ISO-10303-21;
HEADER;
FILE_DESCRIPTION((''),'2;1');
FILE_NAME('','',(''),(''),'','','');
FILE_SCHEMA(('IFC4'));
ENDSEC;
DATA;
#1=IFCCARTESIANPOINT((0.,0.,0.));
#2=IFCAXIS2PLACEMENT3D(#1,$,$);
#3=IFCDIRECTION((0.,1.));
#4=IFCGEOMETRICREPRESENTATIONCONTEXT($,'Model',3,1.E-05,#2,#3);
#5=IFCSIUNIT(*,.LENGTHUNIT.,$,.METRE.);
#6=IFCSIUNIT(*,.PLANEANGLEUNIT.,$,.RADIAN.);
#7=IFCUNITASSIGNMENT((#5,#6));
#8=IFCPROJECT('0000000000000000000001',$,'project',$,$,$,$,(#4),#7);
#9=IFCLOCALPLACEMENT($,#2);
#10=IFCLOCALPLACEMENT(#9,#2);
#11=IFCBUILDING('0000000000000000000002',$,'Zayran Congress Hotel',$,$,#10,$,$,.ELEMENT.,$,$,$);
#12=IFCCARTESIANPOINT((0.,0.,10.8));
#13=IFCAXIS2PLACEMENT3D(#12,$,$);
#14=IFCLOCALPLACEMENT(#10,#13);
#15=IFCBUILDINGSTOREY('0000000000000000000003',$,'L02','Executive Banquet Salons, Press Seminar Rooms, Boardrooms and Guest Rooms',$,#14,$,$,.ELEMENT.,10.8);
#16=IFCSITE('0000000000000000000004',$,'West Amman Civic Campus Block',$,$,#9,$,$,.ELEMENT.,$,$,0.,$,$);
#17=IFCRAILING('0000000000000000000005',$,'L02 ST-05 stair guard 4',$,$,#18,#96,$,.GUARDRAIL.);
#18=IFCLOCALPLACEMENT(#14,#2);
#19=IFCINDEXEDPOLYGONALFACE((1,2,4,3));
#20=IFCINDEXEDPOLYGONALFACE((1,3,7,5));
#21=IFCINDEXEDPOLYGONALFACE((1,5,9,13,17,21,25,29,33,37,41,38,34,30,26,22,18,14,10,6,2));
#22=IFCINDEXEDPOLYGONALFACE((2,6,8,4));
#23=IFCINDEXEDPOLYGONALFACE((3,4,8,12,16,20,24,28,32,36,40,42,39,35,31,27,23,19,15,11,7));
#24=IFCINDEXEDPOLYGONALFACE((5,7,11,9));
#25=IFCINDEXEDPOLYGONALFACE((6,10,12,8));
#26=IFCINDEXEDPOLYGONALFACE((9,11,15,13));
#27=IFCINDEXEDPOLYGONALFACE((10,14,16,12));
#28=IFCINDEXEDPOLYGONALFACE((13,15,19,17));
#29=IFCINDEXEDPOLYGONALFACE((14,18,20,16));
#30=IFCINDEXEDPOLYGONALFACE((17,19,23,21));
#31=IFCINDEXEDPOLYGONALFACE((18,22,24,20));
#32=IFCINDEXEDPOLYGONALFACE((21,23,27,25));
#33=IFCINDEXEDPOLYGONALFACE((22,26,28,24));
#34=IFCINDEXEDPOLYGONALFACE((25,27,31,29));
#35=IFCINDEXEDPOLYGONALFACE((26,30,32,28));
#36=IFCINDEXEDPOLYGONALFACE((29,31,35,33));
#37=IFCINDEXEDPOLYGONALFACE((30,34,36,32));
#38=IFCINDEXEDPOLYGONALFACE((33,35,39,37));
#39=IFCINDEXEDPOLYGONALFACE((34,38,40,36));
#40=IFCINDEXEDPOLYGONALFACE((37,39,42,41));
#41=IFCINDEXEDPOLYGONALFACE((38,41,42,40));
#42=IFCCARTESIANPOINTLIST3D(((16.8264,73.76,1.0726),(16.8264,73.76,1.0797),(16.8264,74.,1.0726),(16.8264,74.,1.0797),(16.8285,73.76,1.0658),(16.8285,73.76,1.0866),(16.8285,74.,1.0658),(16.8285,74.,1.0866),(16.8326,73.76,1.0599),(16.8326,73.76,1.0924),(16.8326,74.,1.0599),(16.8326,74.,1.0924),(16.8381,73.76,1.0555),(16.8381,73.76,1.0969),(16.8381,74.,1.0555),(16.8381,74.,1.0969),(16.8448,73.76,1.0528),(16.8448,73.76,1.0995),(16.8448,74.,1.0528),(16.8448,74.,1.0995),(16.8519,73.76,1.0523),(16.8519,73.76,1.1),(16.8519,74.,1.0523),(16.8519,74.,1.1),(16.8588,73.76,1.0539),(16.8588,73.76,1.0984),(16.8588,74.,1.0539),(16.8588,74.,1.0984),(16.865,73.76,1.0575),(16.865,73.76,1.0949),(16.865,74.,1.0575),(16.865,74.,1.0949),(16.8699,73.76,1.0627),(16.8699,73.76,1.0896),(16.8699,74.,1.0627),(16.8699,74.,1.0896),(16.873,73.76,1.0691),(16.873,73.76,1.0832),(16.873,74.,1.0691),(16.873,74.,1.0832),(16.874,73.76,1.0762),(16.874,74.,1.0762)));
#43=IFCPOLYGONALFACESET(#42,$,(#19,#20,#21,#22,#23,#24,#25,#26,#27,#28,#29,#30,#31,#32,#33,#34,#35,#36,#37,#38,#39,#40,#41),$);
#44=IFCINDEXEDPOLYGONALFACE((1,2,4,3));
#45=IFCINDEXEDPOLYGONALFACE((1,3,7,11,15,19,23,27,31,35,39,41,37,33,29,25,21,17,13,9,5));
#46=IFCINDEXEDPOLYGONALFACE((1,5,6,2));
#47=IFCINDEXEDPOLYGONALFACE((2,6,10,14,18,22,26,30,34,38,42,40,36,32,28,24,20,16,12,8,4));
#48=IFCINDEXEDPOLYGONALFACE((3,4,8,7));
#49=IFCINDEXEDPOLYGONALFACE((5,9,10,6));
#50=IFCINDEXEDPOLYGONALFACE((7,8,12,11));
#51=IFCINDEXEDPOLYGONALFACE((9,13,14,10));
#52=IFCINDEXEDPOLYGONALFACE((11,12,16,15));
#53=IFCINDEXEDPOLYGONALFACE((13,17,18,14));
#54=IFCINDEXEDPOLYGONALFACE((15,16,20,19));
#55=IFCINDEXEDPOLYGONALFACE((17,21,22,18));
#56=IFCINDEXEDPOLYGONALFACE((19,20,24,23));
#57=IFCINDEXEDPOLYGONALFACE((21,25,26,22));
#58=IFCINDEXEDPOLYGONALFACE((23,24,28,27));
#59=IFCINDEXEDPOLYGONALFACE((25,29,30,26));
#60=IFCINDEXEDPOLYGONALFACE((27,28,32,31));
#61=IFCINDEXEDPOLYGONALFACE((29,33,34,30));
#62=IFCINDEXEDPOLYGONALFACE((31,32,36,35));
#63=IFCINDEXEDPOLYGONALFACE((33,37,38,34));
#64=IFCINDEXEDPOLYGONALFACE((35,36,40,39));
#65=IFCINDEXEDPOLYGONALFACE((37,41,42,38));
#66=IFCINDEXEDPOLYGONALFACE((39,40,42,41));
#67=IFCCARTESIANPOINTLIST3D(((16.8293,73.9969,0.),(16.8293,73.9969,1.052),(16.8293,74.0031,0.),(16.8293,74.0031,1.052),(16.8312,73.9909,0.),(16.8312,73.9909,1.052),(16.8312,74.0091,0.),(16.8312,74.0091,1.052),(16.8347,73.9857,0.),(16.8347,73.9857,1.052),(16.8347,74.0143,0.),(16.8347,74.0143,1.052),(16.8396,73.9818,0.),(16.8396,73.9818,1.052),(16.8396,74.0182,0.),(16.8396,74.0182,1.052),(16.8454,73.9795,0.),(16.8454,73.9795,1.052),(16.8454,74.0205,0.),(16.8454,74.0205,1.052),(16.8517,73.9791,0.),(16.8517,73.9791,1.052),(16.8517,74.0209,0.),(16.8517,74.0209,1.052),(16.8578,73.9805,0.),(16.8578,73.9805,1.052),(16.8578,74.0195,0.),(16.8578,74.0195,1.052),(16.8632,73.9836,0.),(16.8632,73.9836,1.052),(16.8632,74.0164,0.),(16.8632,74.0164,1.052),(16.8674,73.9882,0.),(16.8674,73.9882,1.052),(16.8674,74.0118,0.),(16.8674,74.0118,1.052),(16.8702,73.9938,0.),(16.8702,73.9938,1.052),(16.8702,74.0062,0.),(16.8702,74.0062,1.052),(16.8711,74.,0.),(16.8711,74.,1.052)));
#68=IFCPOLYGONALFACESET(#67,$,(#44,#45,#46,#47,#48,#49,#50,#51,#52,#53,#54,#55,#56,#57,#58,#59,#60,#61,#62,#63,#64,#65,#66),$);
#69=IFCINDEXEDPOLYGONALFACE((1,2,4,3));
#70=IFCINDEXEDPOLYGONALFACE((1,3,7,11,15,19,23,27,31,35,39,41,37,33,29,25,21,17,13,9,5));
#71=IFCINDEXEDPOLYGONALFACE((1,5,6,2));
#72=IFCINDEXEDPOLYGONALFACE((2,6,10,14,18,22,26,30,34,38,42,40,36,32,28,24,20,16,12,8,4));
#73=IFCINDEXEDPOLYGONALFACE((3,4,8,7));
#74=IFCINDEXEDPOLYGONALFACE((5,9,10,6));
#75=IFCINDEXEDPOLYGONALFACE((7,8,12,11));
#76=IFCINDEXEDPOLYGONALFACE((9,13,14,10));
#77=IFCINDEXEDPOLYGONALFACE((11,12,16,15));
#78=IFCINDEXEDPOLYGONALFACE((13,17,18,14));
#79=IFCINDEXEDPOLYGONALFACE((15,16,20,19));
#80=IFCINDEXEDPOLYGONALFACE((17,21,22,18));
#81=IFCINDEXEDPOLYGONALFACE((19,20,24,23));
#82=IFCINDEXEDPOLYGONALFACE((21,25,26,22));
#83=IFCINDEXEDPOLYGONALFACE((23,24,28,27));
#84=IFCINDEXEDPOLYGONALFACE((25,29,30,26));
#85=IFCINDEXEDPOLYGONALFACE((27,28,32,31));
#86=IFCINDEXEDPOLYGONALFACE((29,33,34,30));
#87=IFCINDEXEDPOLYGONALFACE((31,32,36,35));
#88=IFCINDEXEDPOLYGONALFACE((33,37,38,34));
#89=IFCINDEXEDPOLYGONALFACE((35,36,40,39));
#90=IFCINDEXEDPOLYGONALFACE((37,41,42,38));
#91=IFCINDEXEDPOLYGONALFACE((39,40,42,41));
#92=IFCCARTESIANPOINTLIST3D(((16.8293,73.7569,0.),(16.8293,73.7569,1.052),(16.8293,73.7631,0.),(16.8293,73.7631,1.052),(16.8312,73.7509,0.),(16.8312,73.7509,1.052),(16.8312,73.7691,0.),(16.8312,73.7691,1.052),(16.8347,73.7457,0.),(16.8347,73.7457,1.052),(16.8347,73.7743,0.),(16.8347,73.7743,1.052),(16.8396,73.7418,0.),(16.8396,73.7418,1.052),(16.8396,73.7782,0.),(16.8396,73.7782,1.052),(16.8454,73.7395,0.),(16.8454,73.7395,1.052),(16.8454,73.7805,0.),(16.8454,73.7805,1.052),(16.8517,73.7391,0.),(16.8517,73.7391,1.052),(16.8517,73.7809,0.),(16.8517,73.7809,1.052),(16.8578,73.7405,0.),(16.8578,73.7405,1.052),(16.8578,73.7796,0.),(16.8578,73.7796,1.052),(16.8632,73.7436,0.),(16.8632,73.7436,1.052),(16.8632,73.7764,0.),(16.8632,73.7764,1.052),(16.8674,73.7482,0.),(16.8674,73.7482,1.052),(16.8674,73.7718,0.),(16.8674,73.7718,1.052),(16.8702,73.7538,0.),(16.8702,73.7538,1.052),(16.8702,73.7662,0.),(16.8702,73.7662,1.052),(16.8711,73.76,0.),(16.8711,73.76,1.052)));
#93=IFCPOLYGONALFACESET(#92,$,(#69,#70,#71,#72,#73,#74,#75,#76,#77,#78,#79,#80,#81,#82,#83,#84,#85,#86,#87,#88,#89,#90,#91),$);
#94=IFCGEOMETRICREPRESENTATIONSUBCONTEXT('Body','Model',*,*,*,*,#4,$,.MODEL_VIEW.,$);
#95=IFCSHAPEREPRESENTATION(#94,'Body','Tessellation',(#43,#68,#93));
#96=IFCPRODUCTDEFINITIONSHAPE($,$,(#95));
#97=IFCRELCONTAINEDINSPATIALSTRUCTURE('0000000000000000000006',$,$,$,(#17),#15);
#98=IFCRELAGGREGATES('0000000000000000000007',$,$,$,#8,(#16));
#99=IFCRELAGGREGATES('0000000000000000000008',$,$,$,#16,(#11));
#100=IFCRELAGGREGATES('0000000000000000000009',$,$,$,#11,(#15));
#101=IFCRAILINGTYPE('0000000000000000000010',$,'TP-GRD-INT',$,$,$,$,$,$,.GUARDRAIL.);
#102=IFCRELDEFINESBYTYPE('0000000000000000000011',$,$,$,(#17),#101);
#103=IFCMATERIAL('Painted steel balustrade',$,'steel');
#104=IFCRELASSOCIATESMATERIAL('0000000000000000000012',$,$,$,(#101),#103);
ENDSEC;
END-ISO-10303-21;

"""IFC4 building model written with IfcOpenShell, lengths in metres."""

from ifc_helpers import new_model, si_unit, direction, frame, origin, origin_2d, place, context, subcontext, project, spatial, circle, extrude, material, type_object, element, save


model = new_model("IFC4")

# Units and contexts
model_context = context("Model", 3, precision=1e-05, world=origin(), true_north=direction((0.0, 1.0)))
body_context = subcontext(model_context, "Body", "Model", "MODEL_VIEW")
ifc_project = project(units=[si_unit("LENGTHUNIT", "METRE"), si_unit("PLANEANGLEUNIT", "RADIAN")], contexts=[model_context])

# Site, building, storey
site_placement = place(None, origin())
site = spatial("IfcSite", under=ifc_project, at=site_placement, Name="West Amman Civic Campus Block", CompositionType="ELEMENT", RefElevation=0.0)
building_placement = place(site_placement, origin())
building = spatial("IfcBuilding", under=site, at=building_placement, Name="Zayran Congress Hotel", CompositionType="ELEMENT")
storey_placement = place(building_placement, frame((0.0, 0.0, 10.8)))
storey = spatial("IfcBuildingStorey", under=building, at=storey_placement, Name="L02", Description="Executive Banquet Salons, Press Seminar Rooms, Boardrooms and Guest Rooms", CompositionType="ELEMENT", Elevation=10.8)

# Railing
ifc_material_1 = material(Name="Painted steel balustrade", Category="steel")
railing_type_1 = type_object("IfcRailingType", Name="TP-GRD-INT", PredefinedType="GUARDRAIL", material=ifc_material_1)
railing_1_placement = place(storey_placement, frame((16.8501, 74.0, 0.0)))
element("IfcRailing", 1, at=railing_1_placement, inside=storey, type_object=railing_type_1, Name="L02 ST-05 stair guard 4", PredefinedType="GUARDRAIL", context=body_context, shape_type="SweptSolid", body=[
    extrude(circle(Radius=0.0239, at=origin_2d()), frame((0.0, 0.0, 1.0762), z_axis=(0.0, -1.0, 0.0), x_axis=(1.0, 0.0, 0.0)), (0.0, 0.0, 1.0), 0.24),
    extrude(circle(Radius=0.021, at=origin_2d()), origin(), (0.0, 0.0, 1.0), 1.052),
    extrude(circle(Radius=0.021, at=origin_2d()), frame((0.0, -0.24, 0.0)), (0.0, 0.0, 1.0), 1.052),
])

save(model, "model.ifc")
